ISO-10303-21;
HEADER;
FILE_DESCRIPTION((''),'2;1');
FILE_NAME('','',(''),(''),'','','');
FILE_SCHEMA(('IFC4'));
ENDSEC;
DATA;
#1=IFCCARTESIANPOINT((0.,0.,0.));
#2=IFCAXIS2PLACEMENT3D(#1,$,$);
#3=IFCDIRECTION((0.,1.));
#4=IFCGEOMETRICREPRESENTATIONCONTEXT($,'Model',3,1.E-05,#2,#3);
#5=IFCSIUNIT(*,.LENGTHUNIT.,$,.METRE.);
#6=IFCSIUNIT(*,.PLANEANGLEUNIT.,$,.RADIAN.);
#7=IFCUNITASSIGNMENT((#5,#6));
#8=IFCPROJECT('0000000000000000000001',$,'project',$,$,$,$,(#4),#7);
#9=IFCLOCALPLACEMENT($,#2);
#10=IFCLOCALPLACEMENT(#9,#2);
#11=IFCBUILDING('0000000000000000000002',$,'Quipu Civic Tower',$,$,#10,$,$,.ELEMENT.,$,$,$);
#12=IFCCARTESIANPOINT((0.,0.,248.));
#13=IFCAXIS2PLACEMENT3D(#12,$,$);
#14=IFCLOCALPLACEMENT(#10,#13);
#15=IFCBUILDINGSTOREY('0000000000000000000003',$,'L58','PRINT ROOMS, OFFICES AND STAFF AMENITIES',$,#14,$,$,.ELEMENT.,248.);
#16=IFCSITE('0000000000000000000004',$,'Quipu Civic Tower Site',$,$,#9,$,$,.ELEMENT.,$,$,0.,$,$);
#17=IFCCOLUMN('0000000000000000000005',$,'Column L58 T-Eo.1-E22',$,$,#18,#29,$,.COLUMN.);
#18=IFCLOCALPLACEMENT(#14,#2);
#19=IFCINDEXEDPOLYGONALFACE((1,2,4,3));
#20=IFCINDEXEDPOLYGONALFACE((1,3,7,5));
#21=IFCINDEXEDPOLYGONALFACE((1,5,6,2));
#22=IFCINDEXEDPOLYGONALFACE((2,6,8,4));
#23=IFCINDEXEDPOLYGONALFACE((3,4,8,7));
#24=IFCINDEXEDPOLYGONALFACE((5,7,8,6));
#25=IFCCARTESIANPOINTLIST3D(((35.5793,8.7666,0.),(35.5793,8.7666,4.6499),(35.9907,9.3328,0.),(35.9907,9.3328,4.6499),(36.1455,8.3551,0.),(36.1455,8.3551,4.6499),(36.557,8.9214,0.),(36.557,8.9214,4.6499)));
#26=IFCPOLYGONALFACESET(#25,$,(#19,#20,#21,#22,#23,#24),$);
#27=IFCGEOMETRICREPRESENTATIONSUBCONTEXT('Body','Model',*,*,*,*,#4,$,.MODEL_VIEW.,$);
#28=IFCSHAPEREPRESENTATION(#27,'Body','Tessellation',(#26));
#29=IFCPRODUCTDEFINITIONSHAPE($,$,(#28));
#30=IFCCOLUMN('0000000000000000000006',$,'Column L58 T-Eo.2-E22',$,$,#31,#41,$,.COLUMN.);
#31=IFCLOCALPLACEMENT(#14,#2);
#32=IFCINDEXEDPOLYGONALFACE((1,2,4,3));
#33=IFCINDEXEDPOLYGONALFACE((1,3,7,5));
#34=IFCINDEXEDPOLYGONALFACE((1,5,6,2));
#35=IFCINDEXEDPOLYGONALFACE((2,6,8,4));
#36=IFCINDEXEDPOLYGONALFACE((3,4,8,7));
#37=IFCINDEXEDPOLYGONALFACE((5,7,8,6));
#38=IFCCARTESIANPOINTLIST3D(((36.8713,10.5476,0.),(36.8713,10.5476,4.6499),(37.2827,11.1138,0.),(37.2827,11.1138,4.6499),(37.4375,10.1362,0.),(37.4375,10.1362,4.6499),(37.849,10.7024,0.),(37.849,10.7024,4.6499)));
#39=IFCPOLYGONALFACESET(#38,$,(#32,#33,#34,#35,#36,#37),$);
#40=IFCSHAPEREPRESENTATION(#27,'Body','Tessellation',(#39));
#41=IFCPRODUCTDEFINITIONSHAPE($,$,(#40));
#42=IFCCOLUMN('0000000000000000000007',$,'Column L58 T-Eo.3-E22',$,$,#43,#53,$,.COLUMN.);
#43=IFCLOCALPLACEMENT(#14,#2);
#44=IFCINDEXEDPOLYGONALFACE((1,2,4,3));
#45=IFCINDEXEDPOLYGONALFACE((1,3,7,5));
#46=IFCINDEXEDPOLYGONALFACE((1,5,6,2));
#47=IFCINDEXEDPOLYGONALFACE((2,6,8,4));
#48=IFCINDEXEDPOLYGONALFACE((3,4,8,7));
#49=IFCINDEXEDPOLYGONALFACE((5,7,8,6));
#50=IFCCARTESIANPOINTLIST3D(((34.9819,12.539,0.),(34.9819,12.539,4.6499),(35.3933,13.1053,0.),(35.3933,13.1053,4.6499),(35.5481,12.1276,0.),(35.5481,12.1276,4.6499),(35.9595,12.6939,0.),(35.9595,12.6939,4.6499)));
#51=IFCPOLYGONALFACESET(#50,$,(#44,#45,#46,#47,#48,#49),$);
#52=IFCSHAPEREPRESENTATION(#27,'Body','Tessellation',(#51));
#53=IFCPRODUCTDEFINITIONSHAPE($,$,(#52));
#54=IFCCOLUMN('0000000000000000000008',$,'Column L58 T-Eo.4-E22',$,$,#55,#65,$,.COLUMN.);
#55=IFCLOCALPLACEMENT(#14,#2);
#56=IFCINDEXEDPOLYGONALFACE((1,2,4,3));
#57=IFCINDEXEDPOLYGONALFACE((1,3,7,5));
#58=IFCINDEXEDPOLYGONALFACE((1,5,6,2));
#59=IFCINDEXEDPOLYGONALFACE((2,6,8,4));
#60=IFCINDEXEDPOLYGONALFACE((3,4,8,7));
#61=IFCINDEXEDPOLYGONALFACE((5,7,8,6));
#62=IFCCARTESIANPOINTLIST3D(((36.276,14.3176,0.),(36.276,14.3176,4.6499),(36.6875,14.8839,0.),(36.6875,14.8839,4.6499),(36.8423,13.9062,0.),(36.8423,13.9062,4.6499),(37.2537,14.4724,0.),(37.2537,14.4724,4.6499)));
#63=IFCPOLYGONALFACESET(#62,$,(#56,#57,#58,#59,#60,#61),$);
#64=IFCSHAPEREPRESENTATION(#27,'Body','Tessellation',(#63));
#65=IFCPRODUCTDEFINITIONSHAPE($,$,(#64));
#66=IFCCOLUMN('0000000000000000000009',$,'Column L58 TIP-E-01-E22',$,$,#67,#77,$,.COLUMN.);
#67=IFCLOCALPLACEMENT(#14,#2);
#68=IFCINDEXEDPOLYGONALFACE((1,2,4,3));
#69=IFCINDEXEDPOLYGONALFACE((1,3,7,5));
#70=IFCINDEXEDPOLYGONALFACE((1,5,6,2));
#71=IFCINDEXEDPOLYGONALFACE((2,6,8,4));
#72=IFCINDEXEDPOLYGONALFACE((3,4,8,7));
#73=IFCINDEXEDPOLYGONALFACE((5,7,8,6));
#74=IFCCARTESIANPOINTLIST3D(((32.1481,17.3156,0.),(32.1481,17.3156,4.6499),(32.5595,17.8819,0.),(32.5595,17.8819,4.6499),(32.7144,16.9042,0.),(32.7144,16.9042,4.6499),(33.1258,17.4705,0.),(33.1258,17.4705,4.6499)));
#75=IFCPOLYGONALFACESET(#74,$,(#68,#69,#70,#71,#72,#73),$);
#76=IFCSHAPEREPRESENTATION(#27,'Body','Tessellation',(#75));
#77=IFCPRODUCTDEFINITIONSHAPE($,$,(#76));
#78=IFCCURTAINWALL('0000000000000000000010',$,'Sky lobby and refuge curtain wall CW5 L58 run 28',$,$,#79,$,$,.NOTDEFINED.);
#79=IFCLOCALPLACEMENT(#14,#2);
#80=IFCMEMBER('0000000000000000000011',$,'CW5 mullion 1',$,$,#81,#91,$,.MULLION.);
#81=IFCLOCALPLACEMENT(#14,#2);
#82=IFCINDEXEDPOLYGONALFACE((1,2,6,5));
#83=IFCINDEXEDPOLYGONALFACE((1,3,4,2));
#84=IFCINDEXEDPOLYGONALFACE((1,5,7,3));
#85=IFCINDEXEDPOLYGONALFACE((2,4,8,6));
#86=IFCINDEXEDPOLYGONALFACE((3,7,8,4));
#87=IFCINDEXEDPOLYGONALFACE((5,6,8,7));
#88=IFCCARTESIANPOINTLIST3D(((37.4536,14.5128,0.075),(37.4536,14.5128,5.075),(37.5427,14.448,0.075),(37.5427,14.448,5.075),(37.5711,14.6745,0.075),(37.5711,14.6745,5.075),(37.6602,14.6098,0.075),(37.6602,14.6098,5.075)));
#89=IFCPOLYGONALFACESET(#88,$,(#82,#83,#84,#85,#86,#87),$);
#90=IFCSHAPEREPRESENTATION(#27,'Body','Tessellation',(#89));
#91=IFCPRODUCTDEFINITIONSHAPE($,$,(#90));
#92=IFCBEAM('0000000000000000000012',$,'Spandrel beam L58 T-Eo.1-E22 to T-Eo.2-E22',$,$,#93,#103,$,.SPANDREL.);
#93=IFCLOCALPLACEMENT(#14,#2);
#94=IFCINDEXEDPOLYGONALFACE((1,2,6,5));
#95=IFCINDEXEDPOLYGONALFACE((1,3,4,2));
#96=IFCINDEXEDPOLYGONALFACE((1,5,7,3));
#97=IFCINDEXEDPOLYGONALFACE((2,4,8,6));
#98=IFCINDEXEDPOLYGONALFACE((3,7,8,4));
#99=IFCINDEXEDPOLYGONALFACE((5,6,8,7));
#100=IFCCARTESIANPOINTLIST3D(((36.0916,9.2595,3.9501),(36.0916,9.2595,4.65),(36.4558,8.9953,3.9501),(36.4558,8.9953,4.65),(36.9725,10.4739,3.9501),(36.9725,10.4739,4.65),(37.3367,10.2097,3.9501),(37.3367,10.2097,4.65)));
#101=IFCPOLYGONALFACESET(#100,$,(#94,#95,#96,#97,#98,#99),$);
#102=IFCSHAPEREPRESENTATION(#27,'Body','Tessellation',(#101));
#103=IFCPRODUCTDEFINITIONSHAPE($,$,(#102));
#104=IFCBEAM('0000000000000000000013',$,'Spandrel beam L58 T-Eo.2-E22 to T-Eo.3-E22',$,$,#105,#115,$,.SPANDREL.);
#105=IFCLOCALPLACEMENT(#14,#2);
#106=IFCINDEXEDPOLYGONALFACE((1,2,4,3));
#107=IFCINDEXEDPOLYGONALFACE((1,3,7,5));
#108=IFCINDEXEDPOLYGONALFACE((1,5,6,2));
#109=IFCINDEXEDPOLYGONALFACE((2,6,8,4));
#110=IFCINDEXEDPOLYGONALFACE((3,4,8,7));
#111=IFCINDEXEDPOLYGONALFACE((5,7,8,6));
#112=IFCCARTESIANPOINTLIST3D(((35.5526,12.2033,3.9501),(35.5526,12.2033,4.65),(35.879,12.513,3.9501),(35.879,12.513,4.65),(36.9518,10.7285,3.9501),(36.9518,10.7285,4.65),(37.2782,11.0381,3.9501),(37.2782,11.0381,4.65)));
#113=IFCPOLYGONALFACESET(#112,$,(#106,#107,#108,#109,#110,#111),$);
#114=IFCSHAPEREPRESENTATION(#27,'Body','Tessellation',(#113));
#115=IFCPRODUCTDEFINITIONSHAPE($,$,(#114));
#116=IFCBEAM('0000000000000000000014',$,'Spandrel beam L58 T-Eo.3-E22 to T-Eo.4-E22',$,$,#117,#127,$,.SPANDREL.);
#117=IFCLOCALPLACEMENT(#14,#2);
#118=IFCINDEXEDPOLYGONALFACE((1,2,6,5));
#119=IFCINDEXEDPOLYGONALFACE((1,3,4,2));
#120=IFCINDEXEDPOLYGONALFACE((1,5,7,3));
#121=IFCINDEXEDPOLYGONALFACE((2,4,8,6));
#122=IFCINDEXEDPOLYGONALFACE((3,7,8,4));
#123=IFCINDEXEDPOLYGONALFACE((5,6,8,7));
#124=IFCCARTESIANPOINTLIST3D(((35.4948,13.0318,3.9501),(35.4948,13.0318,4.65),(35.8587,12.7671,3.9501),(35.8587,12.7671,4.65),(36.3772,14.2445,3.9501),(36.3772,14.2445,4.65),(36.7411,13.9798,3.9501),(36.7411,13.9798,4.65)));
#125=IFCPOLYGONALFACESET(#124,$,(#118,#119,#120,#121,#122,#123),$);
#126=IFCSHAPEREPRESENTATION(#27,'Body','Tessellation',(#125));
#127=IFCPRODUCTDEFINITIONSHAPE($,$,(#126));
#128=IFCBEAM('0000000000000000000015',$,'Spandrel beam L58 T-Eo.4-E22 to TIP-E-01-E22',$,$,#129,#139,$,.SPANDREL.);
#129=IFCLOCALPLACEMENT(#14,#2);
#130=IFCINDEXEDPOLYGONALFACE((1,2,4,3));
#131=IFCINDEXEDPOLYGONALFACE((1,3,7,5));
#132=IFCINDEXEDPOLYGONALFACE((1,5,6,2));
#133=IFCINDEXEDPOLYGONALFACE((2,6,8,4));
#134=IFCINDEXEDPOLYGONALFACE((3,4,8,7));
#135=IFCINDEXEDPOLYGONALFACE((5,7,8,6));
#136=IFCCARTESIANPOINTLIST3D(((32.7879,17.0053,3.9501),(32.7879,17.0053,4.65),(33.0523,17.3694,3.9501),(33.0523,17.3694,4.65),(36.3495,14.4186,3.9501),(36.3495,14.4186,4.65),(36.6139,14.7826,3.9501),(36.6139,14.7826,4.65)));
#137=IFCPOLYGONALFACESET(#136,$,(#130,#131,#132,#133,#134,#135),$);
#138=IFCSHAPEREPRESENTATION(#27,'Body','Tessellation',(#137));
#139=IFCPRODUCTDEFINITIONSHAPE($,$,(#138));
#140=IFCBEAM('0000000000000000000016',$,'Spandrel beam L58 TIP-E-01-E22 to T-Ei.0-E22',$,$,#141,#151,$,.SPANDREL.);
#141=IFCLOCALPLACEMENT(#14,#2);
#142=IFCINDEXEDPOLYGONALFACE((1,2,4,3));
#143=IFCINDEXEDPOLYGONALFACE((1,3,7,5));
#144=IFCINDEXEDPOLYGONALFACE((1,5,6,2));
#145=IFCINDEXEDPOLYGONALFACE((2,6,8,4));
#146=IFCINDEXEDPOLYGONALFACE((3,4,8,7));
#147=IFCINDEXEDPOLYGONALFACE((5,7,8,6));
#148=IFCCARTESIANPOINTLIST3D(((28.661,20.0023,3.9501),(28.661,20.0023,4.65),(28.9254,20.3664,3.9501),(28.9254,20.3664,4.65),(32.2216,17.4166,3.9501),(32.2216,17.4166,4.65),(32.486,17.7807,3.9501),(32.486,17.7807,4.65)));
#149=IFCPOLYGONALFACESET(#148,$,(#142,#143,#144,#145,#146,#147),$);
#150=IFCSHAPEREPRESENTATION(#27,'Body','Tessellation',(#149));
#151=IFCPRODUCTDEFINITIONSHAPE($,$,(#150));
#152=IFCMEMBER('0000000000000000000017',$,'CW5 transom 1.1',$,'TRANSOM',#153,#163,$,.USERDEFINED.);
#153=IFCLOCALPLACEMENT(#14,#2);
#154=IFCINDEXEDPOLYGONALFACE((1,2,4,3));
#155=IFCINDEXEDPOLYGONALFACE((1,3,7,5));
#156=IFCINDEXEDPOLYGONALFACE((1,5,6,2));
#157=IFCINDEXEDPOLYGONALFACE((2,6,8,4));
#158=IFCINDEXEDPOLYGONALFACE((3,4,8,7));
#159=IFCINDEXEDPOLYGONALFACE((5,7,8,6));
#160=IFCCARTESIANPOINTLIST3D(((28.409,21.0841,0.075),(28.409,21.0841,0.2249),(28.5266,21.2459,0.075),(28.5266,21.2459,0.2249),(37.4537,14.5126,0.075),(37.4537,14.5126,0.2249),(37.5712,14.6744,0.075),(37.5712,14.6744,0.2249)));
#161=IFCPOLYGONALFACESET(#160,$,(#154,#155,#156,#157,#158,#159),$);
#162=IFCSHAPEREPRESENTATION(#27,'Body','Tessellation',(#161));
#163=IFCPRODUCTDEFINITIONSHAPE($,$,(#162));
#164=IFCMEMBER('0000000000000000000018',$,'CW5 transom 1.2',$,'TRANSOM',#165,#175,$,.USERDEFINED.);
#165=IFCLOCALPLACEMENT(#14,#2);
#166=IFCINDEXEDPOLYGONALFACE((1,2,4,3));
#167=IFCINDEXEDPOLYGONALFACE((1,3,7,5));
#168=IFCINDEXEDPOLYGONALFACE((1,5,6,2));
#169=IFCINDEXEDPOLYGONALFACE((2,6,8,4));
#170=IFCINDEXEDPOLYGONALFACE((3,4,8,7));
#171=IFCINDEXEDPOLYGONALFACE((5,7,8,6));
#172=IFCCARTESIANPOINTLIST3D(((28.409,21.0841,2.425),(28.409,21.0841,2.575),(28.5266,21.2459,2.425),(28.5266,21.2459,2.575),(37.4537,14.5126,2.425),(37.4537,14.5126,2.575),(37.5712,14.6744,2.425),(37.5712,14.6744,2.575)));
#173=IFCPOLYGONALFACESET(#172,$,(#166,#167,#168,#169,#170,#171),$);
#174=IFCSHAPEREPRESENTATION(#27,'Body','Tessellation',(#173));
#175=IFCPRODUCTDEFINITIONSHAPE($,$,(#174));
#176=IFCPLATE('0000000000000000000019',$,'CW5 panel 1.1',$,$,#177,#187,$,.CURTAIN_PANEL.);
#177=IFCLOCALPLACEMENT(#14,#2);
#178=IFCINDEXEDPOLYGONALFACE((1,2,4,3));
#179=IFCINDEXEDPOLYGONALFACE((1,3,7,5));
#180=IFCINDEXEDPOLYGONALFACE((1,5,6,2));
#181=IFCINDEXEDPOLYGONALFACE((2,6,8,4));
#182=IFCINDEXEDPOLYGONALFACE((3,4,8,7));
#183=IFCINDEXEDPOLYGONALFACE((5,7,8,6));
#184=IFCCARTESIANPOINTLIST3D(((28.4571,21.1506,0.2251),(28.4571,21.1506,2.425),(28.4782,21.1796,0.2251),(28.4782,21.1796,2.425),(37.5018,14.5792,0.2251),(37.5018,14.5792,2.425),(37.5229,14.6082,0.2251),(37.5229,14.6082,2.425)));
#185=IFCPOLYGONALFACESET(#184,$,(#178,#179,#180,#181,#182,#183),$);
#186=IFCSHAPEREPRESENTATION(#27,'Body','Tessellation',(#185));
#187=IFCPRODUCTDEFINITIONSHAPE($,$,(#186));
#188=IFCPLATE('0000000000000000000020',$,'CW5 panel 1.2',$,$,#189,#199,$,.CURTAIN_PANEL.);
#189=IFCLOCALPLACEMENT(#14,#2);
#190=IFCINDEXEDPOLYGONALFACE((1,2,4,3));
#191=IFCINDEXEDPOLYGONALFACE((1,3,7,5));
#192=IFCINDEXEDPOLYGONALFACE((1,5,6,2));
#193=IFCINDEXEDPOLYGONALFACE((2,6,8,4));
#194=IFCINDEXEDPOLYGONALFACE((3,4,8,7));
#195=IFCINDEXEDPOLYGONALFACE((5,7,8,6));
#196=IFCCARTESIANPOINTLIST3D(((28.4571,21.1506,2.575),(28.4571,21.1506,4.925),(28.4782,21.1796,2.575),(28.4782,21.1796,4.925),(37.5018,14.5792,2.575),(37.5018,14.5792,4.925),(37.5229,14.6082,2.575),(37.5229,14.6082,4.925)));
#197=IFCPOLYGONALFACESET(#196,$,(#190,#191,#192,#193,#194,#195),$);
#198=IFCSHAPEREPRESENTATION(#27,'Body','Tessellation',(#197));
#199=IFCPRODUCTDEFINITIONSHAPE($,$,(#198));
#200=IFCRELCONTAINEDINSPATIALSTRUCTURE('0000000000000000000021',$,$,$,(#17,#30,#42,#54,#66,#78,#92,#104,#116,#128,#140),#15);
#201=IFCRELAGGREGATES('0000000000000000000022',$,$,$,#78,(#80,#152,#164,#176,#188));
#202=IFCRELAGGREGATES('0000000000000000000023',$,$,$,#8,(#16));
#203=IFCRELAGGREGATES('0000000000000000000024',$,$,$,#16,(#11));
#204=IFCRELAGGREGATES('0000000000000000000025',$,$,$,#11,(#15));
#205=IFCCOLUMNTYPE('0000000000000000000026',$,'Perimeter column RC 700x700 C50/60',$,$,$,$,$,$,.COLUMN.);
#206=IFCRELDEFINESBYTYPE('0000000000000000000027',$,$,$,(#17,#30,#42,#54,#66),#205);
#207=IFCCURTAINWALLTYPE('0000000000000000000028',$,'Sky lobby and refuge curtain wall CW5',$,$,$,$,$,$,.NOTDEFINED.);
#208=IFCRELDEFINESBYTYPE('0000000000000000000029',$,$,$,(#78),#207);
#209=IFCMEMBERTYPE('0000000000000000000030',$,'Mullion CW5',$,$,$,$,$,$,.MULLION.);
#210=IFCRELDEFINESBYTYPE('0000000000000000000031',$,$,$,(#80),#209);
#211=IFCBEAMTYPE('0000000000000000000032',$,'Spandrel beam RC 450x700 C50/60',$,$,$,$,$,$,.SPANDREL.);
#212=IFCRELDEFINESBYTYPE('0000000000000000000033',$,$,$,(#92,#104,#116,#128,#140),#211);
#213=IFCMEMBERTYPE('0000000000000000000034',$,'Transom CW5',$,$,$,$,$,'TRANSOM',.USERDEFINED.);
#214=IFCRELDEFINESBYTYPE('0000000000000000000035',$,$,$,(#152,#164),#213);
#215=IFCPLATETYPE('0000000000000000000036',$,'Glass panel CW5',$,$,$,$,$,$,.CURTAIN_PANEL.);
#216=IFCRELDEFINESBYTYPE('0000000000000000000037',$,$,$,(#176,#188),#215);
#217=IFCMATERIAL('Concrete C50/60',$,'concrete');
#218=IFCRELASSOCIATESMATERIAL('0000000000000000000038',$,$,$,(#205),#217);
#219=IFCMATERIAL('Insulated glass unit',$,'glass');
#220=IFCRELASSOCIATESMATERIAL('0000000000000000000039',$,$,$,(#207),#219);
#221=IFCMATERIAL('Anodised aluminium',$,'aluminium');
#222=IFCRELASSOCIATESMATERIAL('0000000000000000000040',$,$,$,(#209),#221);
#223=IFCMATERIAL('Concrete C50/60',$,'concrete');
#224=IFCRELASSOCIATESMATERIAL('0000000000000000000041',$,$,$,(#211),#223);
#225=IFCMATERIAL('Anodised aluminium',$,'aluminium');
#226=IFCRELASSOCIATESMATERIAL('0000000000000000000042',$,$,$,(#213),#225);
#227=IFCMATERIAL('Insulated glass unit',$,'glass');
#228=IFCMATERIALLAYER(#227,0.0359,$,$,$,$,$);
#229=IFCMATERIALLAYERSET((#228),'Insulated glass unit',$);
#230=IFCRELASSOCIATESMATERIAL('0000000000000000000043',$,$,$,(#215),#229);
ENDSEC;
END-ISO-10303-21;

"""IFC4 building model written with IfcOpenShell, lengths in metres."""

from ifc_helpers import new_model, si_unit, direction, frame, origin, origin_2d, place, context, subcontext, project, spatial, rectangle, extrude, material, layer, layer_set, material_profile, profile_set, type_object, element, aggregate, save


model = new_model("IFC4")

# Units and contexts
model_context = context("Model", 3, precision=1e-05, world=origin(), true_north=direction((0.0, 1.0)))
body_context = subcontext(model_context, "Body", "Model", "MODEL_VIEW")
ifc_project = project(units=[si_unit("LENGTHUNIT", "METRE"), si_unit("PLANEANGLEUNIT", "RADIAN")], contexts=[model_context])

# Site, building, storey
site_placement = place(None, origin())
site = spatial("IfcSite", under=ifc_project, at=site_placement, Name="Quipu Civic Tower Site", CompositionType="ELEMENT", RefElevation=0.0)
building_placement = place(site_placement, origin())
building = spatial("IfcBuilding", under=site, at=building_placement, Name="Quipu Civic Tower", CompositionType="ELEMENT")
storey_placement = place(building_placement, frame((0.0, 0.0, 248.0)))
storey = spatial("IfcBuildingStorey", under=building, at=storey_placement, Name="L58", Description="PRINT ROOMS, OFFICES AND STAFF AMENITIES", CompositionType="ELEMENT", Elevation=248.0)

# Columns
ifc_material_1 = material(Name="Concrete C50/60", Category="concrete")
ifc_material_profile_1 = material_profile(ifc_material_1, rectangle(XDim=0.7, YDim=0.7, at=origin_2d()), Name="RC700x700")
ifc_profile_set_1 = profile_set([ifc_material_profile_1], Name="Concrete C50/60")
column_type = type_object("IfcColumnType", Name="Perimeter column RC 700x700 C50/60", PredefinedType="COLUMN", material=ifc_profile_set_1)
for number, where, z_axis, x_axis, name in (
    (1, (36.0681, 8.844, 0.0), (0.0, 0.0, 1.0), (0.587785, 0.809017, 0.0), "Column L58 T-Eo.1-E22"),
    (2, (37.3601, 10.625, 0.0), (0.0, 0.0, 1.0), (0.587785, 0.809017, 0.0), "Column L58 T-Eo.2-E22"),
    (3, (35.4707, 12.6165, 0.0), (0.0, 0.0, 1.0), (-0.809017, 0.587785, 0.0), "Column L58 T-Eo.3-E22"),
    (4, (36.7649, 14.395, 0.0), (0.0, 0.0, 1.0), (-0.809017, 0.587785, 0.0), "Column L58 T-Eo.4-E22"),
    (5, (32.637, 17.3931, 0.0), (0.0, 0.0, 1.0), (-0.809017, 0.587785, 0.0), "Column L58 TIP-E-01-E22"),
):
    element("IfcColumn", number, at=place(storey_placement, frame(where, z_axis=z_axis, x_axis=x_axis)), inside=storey, type_object=column_type, Name=name, PredefinedType="COLUMN", context=body_context, shape_type="SweptSolid", body=[
        extrude(rectangle(XDim=0.7, YDim=0.7, at=origin_2d()), origin(), (0.0, 0.0, 1.0), 4.6499),
    ])

# Curtain wall, member
ifc_material_2 = material(Name="Insulated glass unit", Category="glass")
curtain_wall_type = type_object("IfcCurtainWallType", Name="Sky lobby and refuge curtain wall CW5", PredefinedType="NOTDEFINED", material=ifc_material_2)
curtain_wall_placement = place(storey_placement, origin())
curtain_wall = element("IfcCurtainWall", 6, at=curtain_wall_placement, inside=storey, type_object=curtain_wall_type, Name="Sky lobby and refuge curtain wall CW5 L58 run 28", PredefinedType="NOTDEFINED")
ifc_material_3 = material(Name="Anodised aluminium", Category="aluminium")
ifc_material_profile_2 = material_profile(ifc_material_3, rectangle(XDim=0.2, YDim=0.1101, at=origin_2d()), Name="RECT 200x110")
ifc_profile_set_2 = profile_set([ifc_material_profile_2], Name="Anodised aluminium")
member_type_1 = type_object("IfcMemberType", Name="Mullion CW5", PredefinedType="MULLION", material=ifc_profile_set_2)
member_1_placement = place(storey_placement, frame((37.5569, 14.5613, 0.075), z_axis=(0.0, 0.0, 1.0), x_axis=(-0.587788, -0.809015, 0.0)))
member_1 = element("IfcMember", 7, at=member_1_placement, type_object=member_type_1, Name="CW5 mullion 1", PredefinedType="MULLION", context=body_context, shape_type="SweptSolid", body=[
    extrude(rectangle(XDim=0.2, YDim=0.1101, at=origin_2d()), origin(), (0.0, 0.0, 1.0), 5.0),
])

# Beams
ifc_material_4 = material(Name="Concrete C50/60", Category="concrete")
ifc_material_profile_3 = material_profile(ifc_material_4, rectangle(XDim=0.45, YDim=0.7, at=origin_2d()), Name="RC450x700")
ifc_profile_set_3 = profile_set([ifc_material_profile_3], Name="Concrete C50/60")
beam_type = type_object("IfcBeamType", Name="Spandrel beam RC 450x700 C50/60", PredefinedType="SPANDREL", material=ifc_profile_set_3)
beam_1_placement = place(storey_placement, frame((36.2737, 9.1274, 4.3), z_axis=(0.587165, 0.809467, 0.0), x_axis=(-0.809467, 0.587165, 0.0)))
element("IfcBeam", 8, at=beam_1_placement, inside=storey, type_object=beam_type, Name="Spandrel beam L58 T-Eo.1-E22 to T-Eo.2-E22", PredefinedType="SPANDREL", context=body_context, shape_type="SweptSolid", body=[
    extrude(rectangle(XDim=0.45, YDim=0.7, at=origin_2d()), origin(), (0.0, 0.0, 1.0), 1.5002),
])
beam_2_placement = place(storey_placement, frame((37.115, 10.8833, 4.3), z_axis=(-0.688247, 0.725476, 0.0), x_axis=(-0.725476, -0.688247, 0.0)))
element("IfcBeam", 9, at=beam_2_placement, inside=storey, type_object=beam_type, Name="Spandrel beam L58 T-Eo.2-E22 to T-Eo.3-E22", PredefinedType="SPANDREL", context=body_context, shape_type="SweptSolid", body=[
    extrude(rectangle(XDim=0.45, YDim=0.7, at=origin_2d()), origin(), (0.0, 0.0, 1.0), 2.033),
])
beam_3_placement = place(storey_placement, frame((35.6768, 12.8994, 4.3), z_axis=(0.588346, 0.808609, 0.0), x_axis=(-0.808609, 0.588346, 0.0)))
element("IfcBeam", 10, at=beam_3_placement, inside=storey, type_object=beam_type, Name="Spandrel beam L58 T-Eo.3-E22 to T-Eo.4-E22", PredefinedType="SPANDREL", context=body_context, shape_type="SweptSolid", body=[
    extrude(rectangle(XDim=0.45, YDim=0.7, at=origin_2d()), origin(), (0.0, 0.0, 1.0), 1.4998),
])
beam_4_placement = place(storey_placement, frame((36.4817, 14.6006, 4.3), z_axis=(-0.809117, 0.587647, 0.0), x_axis=(-0.587647, -0.809117, 0.0)))
element("IfcBeam", 11, at=beam_4_placement, inside=storey, type_object=beam_type, Name="Spandrel beam L58 T-Eo.4-E22 to TIP-E-01-E22", PredefinedType="SPANDREL", context=body_context, shape_type="SweptSolid", body=[
    extrude(rectangle(XDim=0.45, YDim=0.7, at=origin_2d()), origin(), (0.0, 0.0, 1.0), 4.4019),
])
beam_5_placement = place(storey_placement, frame((32.3538, 17.5986, 4.3), z_axis=(-0.809146, 0.587607, 0.0), x_axis=(-0.587607, -0.809146, 0.0)))
element("IfcBeam", 12, at=beam_5_placement, inside=storey, type_object=beam_type, Name="Spandrel beam L58 TIP-E-01-E22 to T-Ei.0-E22", PredefinedType="SPANDREL", context=body_context, shape_type="SweptSolid", body=[
    extrude(rectangle(XDim=0.45, YDim=0.7, at=origin_2d()), origin(), (0.0, 0.0, 1.0), 4.4004),
])

# Members
ifc_material_5 = material(Name="Anodised aluminium", Category="aluminium")
ifc_material_profile_4 = material_profile(ifc_material_5, rectangle(XDim=0.2, YDim=0.1499, at=origin_2d()), Name="RECT 200x150")
ifc_profile_set_4 = profile_set([ifc_material_profile_4], Name="Anodised aluminium")
member_type_2 = type_object("IfcMemberType", Name="Transom CW5", ElementType="TRANSOM", PredefinedType="USERDEFINED", material=ifc_profile_set_4)
member_2_placement = place(storey_placement, frame((37.5125, 14.5935, 0.1499), z_axis=(-0.809009, 0.587796, 0.0), x_axis=(-0.587796, -0.809009, 0.0)))
member_2 = element("IfcMember", 13, at=member_2_placement, type_object=member_type_2, Name="CW5 transom 1.1", ObjectType="TRANSOM", PredefinedType="USERDEFINED", context=body_context, shape_type="SweptSolid", body=[
    extrude(rectangle(XDim=0.2, YDim=0.1499, at=origin_2d()), origin(), (0.0, 0.0, 1.0), 11.1799),
])
member_3_placement = place(storey_placement, frame((37.5125, 14.5935, 2.5), z_axis=(-0.809009, 0.587796, 0.0), x_axis=(-0.587796, -0.809009, 0.0)))
member_3 = element("IfcMember", 14, at=member_3_placement, type_object=member_type_2, Name="CW5 transom 1.2", ObjectType="TRANSOM", PredefinedType="USERDEFINED", context=body_context, shape_type="SweptSolid", body=[
    extrude(rectangle(XDim=0.2, YDim=0.1499, at=origin_2d()), origin(), (0.0, 0.0, 1.0), 11.1799),
])

# Plates
ifc_material_6 = material(Name="Insulated glass unit", Category="glass")
ifc_layer_1 = layer(ifc_material_6, 0.0359)
ifc_layer_set_1 = layer_set([ifc_layer_1], Name="Insulated glass unit")
plate_type_1 = type_object("IfcPlateType", Name="Glass panel CW5", PredefinedType="CURTAIN_PANEL", material=ifc_layer_set_1)
plate_1_placement = place(storey_placement, frame((32.99, 17.8794, 0.2251), z_axis=(0.0, 0.0, 1.0), x_axis=(-0.809015, 0.587788, 0.0)))
plate_1 = element("IfcPlate", 15, at=plate_1_placement, type_object=plate_type_1, Name="CW5 panel 1.1", PredefinedType="CURTAIN_PANEL", context=body_context, shape_type="SweptSolid", body=[
    extrude(rectangle(XDim=11.1799, YDim=0.0359, at=origin_2d()), origin(), (0.0, 0.0, 1.0), 2.2),
])
plate_2_placement = place(storey_placement, frame((32.99, 17.8794, 2.575), z_axis=(0.0, 0.0, 1.0), x_axis=(-0.809015, 0.587788, 0.0)))
plate_2 = element("IfcPlate", 16, at=plate_2_placement, type_object=plate_type_1, Name="CW5 panel 1.2", PredefinedType="CURTAIN_PANEL", context=body_context, shape_type="SweptSolid", body=[
    extrude(rectangle(XDim=11.1799, YDim=0.0359, at=origin_2d()), origin(), (0.0, 0.0, 1.0), 2.3501),
])
aggregate(curtain_wall, [member_1, member_2, member_3, plate_1, plate_2])

save(model, "model.ifc")
